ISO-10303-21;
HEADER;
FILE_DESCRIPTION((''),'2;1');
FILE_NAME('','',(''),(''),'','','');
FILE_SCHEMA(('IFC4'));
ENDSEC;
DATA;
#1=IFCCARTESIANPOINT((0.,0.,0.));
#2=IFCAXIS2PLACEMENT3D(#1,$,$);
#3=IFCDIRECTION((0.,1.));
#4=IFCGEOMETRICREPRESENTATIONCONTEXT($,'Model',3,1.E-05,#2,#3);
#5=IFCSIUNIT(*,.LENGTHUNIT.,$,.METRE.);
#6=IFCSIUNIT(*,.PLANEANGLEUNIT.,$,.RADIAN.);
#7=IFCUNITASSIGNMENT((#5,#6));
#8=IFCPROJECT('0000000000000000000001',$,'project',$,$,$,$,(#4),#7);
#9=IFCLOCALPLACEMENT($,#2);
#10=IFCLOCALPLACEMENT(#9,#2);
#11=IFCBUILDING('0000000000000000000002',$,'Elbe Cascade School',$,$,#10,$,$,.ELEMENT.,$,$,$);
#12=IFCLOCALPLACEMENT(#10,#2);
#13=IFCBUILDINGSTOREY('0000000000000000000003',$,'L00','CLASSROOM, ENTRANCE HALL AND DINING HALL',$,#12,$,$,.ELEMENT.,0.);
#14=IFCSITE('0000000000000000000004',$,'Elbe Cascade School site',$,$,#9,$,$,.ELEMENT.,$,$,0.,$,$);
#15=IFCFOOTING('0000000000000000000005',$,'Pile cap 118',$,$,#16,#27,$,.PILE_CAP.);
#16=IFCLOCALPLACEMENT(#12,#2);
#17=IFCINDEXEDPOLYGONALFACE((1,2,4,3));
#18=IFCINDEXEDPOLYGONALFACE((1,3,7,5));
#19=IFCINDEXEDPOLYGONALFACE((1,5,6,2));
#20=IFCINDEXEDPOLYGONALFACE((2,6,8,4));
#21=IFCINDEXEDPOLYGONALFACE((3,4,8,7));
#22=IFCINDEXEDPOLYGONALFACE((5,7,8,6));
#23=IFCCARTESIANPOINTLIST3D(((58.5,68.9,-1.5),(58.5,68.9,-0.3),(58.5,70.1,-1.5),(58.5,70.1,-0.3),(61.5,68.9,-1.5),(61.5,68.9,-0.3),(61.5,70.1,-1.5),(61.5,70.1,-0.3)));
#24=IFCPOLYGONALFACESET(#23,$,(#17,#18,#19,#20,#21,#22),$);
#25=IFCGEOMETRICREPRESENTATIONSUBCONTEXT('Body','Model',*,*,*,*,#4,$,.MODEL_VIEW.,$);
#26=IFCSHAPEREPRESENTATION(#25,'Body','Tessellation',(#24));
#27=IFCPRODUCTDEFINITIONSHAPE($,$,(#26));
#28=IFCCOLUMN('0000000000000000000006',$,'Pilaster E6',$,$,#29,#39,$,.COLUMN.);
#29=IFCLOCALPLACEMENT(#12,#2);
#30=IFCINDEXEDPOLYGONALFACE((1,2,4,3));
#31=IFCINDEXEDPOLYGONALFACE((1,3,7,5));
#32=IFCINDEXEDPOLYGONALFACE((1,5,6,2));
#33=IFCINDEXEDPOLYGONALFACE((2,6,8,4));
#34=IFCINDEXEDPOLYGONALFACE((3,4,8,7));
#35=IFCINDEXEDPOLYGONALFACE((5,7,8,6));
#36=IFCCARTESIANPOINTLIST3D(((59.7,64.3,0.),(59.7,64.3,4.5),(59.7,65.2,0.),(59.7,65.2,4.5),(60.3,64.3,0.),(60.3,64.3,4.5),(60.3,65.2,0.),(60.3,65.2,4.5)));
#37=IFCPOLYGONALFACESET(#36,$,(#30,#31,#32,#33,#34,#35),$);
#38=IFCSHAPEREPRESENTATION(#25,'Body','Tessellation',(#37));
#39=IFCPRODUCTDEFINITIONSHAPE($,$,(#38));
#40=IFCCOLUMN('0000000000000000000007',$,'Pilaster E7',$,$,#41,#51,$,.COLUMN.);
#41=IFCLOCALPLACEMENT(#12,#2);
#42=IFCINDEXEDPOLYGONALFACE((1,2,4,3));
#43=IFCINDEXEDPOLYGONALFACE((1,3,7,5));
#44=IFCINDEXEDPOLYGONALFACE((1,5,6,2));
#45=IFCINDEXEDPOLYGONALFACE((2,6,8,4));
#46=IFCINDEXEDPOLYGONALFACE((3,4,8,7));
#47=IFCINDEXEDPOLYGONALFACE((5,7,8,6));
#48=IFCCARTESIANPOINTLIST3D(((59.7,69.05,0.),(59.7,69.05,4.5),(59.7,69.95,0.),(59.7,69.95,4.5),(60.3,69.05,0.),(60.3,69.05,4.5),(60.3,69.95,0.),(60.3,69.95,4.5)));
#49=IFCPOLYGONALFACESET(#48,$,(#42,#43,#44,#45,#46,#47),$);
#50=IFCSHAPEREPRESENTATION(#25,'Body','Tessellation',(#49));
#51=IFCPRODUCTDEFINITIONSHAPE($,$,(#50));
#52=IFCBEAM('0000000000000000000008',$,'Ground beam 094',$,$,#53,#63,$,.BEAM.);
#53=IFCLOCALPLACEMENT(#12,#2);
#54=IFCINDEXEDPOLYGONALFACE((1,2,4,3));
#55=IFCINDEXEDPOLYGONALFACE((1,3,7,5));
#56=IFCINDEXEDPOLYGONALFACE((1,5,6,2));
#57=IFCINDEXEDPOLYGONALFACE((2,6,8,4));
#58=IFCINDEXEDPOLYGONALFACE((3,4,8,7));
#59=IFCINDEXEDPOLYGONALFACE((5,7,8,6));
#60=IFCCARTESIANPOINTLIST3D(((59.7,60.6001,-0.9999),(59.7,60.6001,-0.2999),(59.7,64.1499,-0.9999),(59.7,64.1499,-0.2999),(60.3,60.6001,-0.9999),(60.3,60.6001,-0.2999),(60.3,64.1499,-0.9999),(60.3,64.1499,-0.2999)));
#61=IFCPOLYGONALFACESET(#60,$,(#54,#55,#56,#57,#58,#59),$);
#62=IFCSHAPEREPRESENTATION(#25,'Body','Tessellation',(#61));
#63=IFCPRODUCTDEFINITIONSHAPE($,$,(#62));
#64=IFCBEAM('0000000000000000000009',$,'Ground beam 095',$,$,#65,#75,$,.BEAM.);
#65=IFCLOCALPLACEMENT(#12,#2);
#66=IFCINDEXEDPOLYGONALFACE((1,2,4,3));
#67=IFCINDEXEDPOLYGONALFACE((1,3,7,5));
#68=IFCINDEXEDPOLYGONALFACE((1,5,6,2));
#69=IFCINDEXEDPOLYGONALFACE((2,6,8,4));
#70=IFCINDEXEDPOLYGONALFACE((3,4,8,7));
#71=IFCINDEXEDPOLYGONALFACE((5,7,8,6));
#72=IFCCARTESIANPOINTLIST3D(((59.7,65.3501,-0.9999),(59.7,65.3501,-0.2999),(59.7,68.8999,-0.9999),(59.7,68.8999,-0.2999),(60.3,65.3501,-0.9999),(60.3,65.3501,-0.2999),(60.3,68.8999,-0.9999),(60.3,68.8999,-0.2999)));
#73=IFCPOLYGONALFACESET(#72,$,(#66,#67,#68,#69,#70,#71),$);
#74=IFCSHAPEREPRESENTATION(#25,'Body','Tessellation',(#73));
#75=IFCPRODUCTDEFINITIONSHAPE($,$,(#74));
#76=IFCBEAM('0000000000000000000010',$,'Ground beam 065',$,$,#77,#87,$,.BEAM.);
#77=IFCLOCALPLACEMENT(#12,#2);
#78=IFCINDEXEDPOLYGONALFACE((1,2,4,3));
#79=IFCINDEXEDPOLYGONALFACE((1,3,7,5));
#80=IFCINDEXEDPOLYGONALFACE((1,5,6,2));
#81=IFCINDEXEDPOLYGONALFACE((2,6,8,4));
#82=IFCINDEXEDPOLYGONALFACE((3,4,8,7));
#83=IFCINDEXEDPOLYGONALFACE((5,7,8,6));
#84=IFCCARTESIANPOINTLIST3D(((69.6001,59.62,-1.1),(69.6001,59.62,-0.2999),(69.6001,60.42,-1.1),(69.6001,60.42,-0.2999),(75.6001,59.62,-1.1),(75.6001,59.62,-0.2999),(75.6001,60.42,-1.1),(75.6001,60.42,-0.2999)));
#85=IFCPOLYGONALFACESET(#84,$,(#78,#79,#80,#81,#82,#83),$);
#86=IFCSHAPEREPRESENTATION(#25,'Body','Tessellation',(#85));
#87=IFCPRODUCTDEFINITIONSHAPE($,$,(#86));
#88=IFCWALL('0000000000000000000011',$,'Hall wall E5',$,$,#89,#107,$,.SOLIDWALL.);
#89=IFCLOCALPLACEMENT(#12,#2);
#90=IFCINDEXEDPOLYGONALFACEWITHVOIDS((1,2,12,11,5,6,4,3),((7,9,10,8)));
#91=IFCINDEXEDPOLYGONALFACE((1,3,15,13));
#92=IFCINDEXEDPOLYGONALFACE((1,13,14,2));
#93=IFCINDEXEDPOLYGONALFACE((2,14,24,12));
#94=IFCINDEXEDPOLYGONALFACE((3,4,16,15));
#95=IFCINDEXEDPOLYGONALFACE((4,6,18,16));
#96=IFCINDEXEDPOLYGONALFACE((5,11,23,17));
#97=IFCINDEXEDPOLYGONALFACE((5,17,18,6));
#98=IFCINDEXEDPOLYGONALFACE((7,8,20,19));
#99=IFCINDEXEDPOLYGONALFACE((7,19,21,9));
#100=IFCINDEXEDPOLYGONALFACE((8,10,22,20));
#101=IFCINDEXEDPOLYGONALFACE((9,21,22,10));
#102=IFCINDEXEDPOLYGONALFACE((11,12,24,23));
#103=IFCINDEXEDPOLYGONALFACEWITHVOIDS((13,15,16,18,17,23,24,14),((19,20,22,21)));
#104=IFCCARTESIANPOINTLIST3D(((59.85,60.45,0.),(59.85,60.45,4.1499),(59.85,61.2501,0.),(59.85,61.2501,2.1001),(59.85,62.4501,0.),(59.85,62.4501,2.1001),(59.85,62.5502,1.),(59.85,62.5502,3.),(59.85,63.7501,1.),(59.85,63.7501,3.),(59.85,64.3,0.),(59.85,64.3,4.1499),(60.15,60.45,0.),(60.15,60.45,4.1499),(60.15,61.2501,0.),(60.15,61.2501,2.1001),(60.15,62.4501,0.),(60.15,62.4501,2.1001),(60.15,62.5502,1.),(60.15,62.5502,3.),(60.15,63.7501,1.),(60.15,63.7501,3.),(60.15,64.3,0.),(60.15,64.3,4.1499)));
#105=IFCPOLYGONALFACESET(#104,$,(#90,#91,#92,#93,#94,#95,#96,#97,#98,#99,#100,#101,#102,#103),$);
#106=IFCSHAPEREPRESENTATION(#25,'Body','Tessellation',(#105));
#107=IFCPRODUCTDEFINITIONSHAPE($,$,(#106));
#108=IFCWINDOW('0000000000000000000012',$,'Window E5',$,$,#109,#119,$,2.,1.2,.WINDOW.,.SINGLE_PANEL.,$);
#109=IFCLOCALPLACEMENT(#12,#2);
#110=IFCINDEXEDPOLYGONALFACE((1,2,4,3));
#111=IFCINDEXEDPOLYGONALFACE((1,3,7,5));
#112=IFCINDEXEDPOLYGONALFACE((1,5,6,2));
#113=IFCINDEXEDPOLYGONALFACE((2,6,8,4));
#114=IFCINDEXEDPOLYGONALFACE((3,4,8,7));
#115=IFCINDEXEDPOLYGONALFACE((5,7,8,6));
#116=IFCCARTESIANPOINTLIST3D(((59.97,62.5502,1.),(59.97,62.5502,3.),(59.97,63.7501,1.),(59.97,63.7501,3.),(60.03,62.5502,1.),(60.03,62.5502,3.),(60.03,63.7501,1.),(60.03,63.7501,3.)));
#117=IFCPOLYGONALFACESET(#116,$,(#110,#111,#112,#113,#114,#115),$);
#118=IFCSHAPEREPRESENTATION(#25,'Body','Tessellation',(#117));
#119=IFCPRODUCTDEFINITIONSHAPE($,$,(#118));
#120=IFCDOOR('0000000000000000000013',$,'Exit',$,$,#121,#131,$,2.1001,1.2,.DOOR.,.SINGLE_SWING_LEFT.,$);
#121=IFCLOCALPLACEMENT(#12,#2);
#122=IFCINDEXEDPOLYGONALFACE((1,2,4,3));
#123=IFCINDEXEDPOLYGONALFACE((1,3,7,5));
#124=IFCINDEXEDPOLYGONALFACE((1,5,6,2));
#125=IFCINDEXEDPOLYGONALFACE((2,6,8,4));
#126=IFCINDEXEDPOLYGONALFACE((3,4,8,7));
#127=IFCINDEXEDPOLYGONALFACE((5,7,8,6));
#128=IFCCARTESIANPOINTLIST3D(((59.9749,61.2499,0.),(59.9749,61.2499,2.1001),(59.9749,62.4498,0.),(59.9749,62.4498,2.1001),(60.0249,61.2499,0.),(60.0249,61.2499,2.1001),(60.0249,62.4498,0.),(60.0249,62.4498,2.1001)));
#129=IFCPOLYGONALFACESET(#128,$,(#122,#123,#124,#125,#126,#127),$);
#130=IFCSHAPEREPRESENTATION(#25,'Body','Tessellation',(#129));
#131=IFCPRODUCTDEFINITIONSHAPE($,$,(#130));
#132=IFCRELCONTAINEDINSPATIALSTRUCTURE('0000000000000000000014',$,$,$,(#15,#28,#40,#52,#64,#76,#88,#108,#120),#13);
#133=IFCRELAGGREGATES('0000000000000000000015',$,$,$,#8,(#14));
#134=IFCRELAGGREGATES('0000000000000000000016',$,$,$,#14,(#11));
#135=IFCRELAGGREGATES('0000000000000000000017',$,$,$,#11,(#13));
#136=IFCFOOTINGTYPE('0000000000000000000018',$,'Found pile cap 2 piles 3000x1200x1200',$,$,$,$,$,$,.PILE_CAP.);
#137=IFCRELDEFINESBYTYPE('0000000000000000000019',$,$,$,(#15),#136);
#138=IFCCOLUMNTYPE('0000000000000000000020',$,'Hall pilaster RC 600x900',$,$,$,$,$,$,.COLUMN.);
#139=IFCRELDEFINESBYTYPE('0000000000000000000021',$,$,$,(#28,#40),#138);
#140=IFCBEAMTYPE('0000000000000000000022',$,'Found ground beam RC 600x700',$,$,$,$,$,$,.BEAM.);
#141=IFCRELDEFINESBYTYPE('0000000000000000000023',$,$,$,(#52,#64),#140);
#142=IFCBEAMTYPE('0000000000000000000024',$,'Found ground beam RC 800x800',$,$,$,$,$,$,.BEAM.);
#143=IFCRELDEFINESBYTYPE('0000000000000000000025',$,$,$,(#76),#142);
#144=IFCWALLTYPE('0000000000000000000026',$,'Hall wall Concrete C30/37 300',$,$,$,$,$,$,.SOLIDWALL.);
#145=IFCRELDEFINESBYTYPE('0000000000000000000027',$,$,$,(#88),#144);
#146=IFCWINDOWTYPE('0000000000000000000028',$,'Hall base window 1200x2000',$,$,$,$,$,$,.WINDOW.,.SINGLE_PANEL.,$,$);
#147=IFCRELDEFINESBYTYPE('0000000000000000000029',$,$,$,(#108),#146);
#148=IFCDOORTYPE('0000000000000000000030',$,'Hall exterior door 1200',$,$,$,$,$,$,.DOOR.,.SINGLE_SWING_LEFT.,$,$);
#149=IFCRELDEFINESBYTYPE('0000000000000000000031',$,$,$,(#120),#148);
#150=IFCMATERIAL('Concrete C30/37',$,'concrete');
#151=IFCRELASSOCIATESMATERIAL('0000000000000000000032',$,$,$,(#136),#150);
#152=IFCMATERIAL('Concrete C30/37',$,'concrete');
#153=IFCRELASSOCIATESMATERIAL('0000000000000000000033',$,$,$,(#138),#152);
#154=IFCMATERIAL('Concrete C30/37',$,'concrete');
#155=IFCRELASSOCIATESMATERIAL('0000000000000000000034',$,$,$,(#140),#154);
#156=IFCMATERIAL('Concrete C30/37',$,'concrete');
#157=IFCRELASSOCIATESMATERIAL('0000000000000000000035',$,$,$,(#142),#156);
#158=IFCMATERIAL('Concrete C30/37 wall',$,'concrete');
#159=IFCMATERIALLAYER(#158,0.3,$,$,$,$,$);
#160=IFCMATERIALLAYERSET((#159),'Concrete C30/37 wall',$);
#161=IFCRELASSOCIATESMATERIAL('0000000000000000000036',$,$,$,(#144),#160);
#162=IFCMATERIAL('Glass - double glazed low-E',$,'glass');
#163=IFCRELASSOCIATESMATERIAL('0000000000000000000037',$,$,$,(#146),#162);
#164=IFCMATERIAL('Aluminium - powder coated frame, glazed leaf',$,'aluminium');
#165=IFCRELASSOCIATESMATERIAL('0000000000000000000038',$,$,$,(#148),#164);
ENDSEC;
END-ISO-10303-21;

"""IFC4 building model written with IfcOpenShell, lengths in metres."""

from ifc_helpers import new_model, si_unit, direction, frame, frame_2d, origin, origin_2d, place, context, subcontext, project, spatial, rectangle, extrude, material, layer, layer_set, material_profile, profile_set, type_object, element, fill, save


model = new_model("IFC4")

# Units and contexts
model_context = context("Model", 3, precision=1e-05, world=origin(), true_north=direction((0.0, 1.0)))
body_context = subcontext(model_context, "Body", "Model", "MODEL_VIEW")
ifc_project = project(units=[si_unit("LENGTHUNIT", "METRE"), si_unit("PLANEANGLEUNIT", "RADIAN")], contexts=[model_context])

# Site, building, storey
site_placement = place(None, origin())
site = spatial("IfcSite", under=ifc_project, at=site_placement, Name="Elbe Cascade School site", CompositionType="ELEMENT", RefElevation=0.0)
building_placement = place(site_placement, origin())
building = spatial("IfcBuilding", under=site, at=building_placement, Name="Elbe Cascade School", CompositionType="ELEMENT")
storey_placement = place(building_placement, origin())
storey = spatial("IfcBuildingStorey", under=building, at=storey_placement, Name="L00", Description="CLASSROOM, ENTRANCE HALL AND DINING HALL", CompositionType="ELEMENT", Elevation=0.0)

# Footing
ifc_material_1 = material(Name="Concrete C30/37", Category="concrete")
footing_type = type_object("IfcFootingType", Name="Found pile cap 2 piles 3000x1200x1200", PredefinedType="PILE_CAP", material=ifc_material_1)
for number, where, z_axis, x_axis, name in (
    (1, (60.0, 69.5, -1.5), (0.0, 0.0, 1.0), (1.0, 0.0, 0.0), "Pile cap 118"),
):
    element("IfcFooting", number, at=place(storey_placement, frame(where, z_axis=z_axis, x_axis=x_axis)), inside=storey, type_object=footing_type, Name=name, PredefinedType="PILE_CAP", context=body_context, shape_type="SweptSolid", body=[
        extrude(rectangle(XDim=3.0, YDim=1.2, at=origin_2d()), origin(), (0.0, 0.0, 1.0), 1.2),
    ])

# Columns
ifc_material_2 = material(Name="Concrete C30/37", Category="concrete")
ifc_material_profile_1 = material_profile(ifc_material_2, rectangle(XDim=0.6001, YDim=0.8999, at=origin_2d()), Name="RC 600x900")
ifc_profile_set_1 = profile_set([ifc_material_profile_1], Name="Concrete C30/37")
column_type = type_object("IfcColumnType", Name="Hall pilaster RC 600x900", PredefinedType="COLUMN", material=ifc_profile_set_1)
for number, where, z_axis, x_axis, name in (
    (2, (60.0, 64.75, 0.0), (0.0, 0.0, 1.0), (1.0, 0.0, 0.0), "Pilaster E6"),
    (3, (60.0, 69.5, 0.0), (0.0, 0.0, 1.0), (1.0, 0.0, 0.0), "Pilaster E7"),
):
    element("IfcColumn", number, at=place(storey_placement, frame(where, z_axis=z_axis, x_axis=x_axis)), inside=storey, type_object=column_type, Name=name, PredefinedType="COLUMN", context=body_context, shape_type="SweptSolid", body=[
        extrude(rectangle(XDim=0.6001, YDim=0.8999, at=origin_2d()), origin(), (0.0, 0.0, 1.0), 4.5),
    ])

# Beams
ifc_material_3 = material(Name="Concrete C30/37", Category="concrete")
ifc_material_profile_2 = material_profile(ifc_material_3, rectangle(XDim=0.6001, YDim=0.7, at=origin_2d()), Name="RC 600x700")
ifc_profile_set_2 = profile_set([ifc_material_profile_2], Name="Concrete C30/37")
beam_type_1 = type_object("IfcBeamType", Name="Found ground beam RC 600x700", PredefinedType="BEAM", material=ifc_profile_set_2)
for number, where, z_axis, x_axis, name in (
    (4, (60.0, 60.6001, -0.6499), (0.0, 1.0, 0.0), (-1.0, 0.0, 0.0), "Ground beam 094"),
    (5, (60.0, 65.3501, -0.6499), (0.0, 1.0, 0.0), (-1.0, 0.0, 0.0), "Ground beam 095"),
):
    element("IfcBeam", number, at=place(storey_placement, frame(where, z_axis=z_axis, x_axis=x_axis)), inside=storey, type_object=beam_type_1, Name=name, PredefinedType="BEAM", context=body_context, shape_type="SweptSolid", body=[
        extrude(rectangle(XDim=0.6001, YDim=0.7, at=origin_2d()), origin(), (0.0, 0.0, 1.0), 3.5498),
    ])
ifc_material_4 = material(Name="Concrete C30/37", Category="concrete")
ifc_material_profile_3 = material_profile(ifc_material_4, rectangle(XDim=0.8, YDim=0.8, at=origin_2d()), Name="RC 800x800")
ifc_profile_set_3 = profile_set([ifc_material_profile_3], Name="Concrete C30/37")
beam_type_2 = type_object("IfcBeamType", Name="Found ground beam RC 800x800", PredefinedType="BEAM", material=ifc_profile_set_3)
beam_placement = place(storey_placement, frame((69.6001, 60.02, -0.7), z_axis=(1.0, 0.0, 0.0), x_axis=(0.0, 1.0, 0.0)))
element("IfcBeam", 6, at=beam_placement, inside=storey, type_object=beam_type_2, Name="Ground beam 065", PredefinedType="BEAM", context=body_context, shape_type="SweptSolid", body=[
    extrude(rectangle(XDim=0.8, YDim=0.8, at=origin_2d()), origin(), (0.0, 0.0, 1.0), 6.0),
])

# Wall, openings, window, door
ifc_material_5 = material(Name="Concrete C30/37 wall", Category="concrete")
ifc_layer_1 = layer(ifc_material_5, 0.3)
ifc_layer_set_1 = layer_set([ifc_layer_1], Name="Concrete C30/37 wall")
wall_type = type_object("IfcWallType", Name="Hall wall Concrete C30/37 300", PredefinedType="SOLIDWALL", material=ifc_layer_set_1)
wall_1_placement = place(storey_placement, frame((60.0, 60.45, 0.0), z_axis=(0.0, 0.0, 1.0), x_axis=(0.0, 1.0, 0.0)))
wall_1 = element("IfcWall", 7, at=wall_1_placement, inside=storey, type_object=wall_type, Name="Hall wall E5", PredefinedType="SOLIDWALL", context=body_context, shape_type="SweptSolid", body=[
    extrude(rectangle(XDim=3.8501, YDim=0.3, at=frame_2d((1.925, 0.0))), origin(), (0.0, 0.0, 1.0), 4.1499),
])
opening_1_placement = place(wall_1_placement, frame((2.1001, 0.0, 1.0)))
opening_1 = element("IfcOpeningElement", 8, at=opening_1_placement, cuts=wall_1, PredefinedType="OPENING", context=body_context, shape_type="SweptSolid", body=[
    extrude(rectangle(XDim=1.2, YDim=2.0, at=frame_2d((0.6001, 1.0))), frame((0.0, 0.1599, 0.0), z_axis=(0.0, -1.0, 0.0), x_axis=(1.0, 0.0, 0.0)), (0.0, 0.0, 1.0), 0.3201),
])
opening_2_placement = place(wall_1_placement, frame((0.8, 0.0, 0.0)))
opening_2 = element("IfcOpeningElement", 9, at=opening_2_placement, cuts=wall_1, PredefinedType="OPENING", context=body_context, shape_type="SweptSolid", body=[
    extrude(rectangle(XDim=1.2, YDim=2.1001, at=frame_2d((0.6001, 1.05))), frame((0.0, 0.1599, 0.0), z_axis=(0.0, -1.0, 0.0), x_axis=(1.0, 0.0, 0.0)), (0.0, 0.0, 1.0), 0.3201),
])
ifc_material_6 = material(Name="Glass - double glazed low-E", Category="glass")
window_type = type_object("IfcWindowType", Name="Hall base window 1200x2000", PartitioningType="SINGLE_PANEL", PredefinedType="WINDOW", material=ifc_material_6)
window_1_placement = place(opening_1_placement, origin())
window_1 = element("IfcWindow", 10, at=window_1_placement, inside=storey, type_object=window_type, Name="Window E5", OverallHeight=2.0, OverallWidth=1.2, PartitioningType="SINGLE_PANEL", PredefinedType="WINDOW", context=body_context, shape_type="SweptSolid", body=[
    extrude(rectangle(XDim=1.2, YDim=2.0, at=frame_2d((0.6001, 1.0))), frame((0.0, 0.03, 0.0), z_axis=(0.0, -1.0, 0.0), x_axis=(1.0, 0.0, 0.0)), (0.0, 0.0, 1.0), 0.0601),
])
fill(opening_1, window_1)
ifc_material_7 = material(Name="Aluminium - powder coated frame, glazed leaf", Category="aluminium")
door_type = type_object("IfcDoorType", Name="Hall exterior door 1200", OperationType="SINGLE_SWING_LEFT", PredefinedType="DOOR", material=ifc_material_7)
door_1_placement = place(opening_2_placement, frame((1.2, 0.0, 0.0), z_axis=(0.0, 0.0, 1.0), x_axis=(-1.0, 0.0, 0.0)))
door_1 = element("IfcDoor", 11, at=door_1_placement, inside=storey, type_object=door_type, Name="Exit", OperationType="SINGLE_SWING_LEFT", OverallHeight=2.1001, OverallWidth=1.2, PredefinedType="DOOR", context=body_context, shape_type="SweptSolid", body=[
    extrude(rectangle(XDim=1.2, YDim=2.1001, at=frame_2d((0.6001, 1.05))), frame((0.0, 0.0249, 0.0), z_axis=(0.0, -1.0, 0.0), x_axis=(1.0, 0.0, 0.0)), (0.0, 0.0, 1.0), 0.05),
])
fill(opening_2, door_1)

save(model, "model.ifc")
